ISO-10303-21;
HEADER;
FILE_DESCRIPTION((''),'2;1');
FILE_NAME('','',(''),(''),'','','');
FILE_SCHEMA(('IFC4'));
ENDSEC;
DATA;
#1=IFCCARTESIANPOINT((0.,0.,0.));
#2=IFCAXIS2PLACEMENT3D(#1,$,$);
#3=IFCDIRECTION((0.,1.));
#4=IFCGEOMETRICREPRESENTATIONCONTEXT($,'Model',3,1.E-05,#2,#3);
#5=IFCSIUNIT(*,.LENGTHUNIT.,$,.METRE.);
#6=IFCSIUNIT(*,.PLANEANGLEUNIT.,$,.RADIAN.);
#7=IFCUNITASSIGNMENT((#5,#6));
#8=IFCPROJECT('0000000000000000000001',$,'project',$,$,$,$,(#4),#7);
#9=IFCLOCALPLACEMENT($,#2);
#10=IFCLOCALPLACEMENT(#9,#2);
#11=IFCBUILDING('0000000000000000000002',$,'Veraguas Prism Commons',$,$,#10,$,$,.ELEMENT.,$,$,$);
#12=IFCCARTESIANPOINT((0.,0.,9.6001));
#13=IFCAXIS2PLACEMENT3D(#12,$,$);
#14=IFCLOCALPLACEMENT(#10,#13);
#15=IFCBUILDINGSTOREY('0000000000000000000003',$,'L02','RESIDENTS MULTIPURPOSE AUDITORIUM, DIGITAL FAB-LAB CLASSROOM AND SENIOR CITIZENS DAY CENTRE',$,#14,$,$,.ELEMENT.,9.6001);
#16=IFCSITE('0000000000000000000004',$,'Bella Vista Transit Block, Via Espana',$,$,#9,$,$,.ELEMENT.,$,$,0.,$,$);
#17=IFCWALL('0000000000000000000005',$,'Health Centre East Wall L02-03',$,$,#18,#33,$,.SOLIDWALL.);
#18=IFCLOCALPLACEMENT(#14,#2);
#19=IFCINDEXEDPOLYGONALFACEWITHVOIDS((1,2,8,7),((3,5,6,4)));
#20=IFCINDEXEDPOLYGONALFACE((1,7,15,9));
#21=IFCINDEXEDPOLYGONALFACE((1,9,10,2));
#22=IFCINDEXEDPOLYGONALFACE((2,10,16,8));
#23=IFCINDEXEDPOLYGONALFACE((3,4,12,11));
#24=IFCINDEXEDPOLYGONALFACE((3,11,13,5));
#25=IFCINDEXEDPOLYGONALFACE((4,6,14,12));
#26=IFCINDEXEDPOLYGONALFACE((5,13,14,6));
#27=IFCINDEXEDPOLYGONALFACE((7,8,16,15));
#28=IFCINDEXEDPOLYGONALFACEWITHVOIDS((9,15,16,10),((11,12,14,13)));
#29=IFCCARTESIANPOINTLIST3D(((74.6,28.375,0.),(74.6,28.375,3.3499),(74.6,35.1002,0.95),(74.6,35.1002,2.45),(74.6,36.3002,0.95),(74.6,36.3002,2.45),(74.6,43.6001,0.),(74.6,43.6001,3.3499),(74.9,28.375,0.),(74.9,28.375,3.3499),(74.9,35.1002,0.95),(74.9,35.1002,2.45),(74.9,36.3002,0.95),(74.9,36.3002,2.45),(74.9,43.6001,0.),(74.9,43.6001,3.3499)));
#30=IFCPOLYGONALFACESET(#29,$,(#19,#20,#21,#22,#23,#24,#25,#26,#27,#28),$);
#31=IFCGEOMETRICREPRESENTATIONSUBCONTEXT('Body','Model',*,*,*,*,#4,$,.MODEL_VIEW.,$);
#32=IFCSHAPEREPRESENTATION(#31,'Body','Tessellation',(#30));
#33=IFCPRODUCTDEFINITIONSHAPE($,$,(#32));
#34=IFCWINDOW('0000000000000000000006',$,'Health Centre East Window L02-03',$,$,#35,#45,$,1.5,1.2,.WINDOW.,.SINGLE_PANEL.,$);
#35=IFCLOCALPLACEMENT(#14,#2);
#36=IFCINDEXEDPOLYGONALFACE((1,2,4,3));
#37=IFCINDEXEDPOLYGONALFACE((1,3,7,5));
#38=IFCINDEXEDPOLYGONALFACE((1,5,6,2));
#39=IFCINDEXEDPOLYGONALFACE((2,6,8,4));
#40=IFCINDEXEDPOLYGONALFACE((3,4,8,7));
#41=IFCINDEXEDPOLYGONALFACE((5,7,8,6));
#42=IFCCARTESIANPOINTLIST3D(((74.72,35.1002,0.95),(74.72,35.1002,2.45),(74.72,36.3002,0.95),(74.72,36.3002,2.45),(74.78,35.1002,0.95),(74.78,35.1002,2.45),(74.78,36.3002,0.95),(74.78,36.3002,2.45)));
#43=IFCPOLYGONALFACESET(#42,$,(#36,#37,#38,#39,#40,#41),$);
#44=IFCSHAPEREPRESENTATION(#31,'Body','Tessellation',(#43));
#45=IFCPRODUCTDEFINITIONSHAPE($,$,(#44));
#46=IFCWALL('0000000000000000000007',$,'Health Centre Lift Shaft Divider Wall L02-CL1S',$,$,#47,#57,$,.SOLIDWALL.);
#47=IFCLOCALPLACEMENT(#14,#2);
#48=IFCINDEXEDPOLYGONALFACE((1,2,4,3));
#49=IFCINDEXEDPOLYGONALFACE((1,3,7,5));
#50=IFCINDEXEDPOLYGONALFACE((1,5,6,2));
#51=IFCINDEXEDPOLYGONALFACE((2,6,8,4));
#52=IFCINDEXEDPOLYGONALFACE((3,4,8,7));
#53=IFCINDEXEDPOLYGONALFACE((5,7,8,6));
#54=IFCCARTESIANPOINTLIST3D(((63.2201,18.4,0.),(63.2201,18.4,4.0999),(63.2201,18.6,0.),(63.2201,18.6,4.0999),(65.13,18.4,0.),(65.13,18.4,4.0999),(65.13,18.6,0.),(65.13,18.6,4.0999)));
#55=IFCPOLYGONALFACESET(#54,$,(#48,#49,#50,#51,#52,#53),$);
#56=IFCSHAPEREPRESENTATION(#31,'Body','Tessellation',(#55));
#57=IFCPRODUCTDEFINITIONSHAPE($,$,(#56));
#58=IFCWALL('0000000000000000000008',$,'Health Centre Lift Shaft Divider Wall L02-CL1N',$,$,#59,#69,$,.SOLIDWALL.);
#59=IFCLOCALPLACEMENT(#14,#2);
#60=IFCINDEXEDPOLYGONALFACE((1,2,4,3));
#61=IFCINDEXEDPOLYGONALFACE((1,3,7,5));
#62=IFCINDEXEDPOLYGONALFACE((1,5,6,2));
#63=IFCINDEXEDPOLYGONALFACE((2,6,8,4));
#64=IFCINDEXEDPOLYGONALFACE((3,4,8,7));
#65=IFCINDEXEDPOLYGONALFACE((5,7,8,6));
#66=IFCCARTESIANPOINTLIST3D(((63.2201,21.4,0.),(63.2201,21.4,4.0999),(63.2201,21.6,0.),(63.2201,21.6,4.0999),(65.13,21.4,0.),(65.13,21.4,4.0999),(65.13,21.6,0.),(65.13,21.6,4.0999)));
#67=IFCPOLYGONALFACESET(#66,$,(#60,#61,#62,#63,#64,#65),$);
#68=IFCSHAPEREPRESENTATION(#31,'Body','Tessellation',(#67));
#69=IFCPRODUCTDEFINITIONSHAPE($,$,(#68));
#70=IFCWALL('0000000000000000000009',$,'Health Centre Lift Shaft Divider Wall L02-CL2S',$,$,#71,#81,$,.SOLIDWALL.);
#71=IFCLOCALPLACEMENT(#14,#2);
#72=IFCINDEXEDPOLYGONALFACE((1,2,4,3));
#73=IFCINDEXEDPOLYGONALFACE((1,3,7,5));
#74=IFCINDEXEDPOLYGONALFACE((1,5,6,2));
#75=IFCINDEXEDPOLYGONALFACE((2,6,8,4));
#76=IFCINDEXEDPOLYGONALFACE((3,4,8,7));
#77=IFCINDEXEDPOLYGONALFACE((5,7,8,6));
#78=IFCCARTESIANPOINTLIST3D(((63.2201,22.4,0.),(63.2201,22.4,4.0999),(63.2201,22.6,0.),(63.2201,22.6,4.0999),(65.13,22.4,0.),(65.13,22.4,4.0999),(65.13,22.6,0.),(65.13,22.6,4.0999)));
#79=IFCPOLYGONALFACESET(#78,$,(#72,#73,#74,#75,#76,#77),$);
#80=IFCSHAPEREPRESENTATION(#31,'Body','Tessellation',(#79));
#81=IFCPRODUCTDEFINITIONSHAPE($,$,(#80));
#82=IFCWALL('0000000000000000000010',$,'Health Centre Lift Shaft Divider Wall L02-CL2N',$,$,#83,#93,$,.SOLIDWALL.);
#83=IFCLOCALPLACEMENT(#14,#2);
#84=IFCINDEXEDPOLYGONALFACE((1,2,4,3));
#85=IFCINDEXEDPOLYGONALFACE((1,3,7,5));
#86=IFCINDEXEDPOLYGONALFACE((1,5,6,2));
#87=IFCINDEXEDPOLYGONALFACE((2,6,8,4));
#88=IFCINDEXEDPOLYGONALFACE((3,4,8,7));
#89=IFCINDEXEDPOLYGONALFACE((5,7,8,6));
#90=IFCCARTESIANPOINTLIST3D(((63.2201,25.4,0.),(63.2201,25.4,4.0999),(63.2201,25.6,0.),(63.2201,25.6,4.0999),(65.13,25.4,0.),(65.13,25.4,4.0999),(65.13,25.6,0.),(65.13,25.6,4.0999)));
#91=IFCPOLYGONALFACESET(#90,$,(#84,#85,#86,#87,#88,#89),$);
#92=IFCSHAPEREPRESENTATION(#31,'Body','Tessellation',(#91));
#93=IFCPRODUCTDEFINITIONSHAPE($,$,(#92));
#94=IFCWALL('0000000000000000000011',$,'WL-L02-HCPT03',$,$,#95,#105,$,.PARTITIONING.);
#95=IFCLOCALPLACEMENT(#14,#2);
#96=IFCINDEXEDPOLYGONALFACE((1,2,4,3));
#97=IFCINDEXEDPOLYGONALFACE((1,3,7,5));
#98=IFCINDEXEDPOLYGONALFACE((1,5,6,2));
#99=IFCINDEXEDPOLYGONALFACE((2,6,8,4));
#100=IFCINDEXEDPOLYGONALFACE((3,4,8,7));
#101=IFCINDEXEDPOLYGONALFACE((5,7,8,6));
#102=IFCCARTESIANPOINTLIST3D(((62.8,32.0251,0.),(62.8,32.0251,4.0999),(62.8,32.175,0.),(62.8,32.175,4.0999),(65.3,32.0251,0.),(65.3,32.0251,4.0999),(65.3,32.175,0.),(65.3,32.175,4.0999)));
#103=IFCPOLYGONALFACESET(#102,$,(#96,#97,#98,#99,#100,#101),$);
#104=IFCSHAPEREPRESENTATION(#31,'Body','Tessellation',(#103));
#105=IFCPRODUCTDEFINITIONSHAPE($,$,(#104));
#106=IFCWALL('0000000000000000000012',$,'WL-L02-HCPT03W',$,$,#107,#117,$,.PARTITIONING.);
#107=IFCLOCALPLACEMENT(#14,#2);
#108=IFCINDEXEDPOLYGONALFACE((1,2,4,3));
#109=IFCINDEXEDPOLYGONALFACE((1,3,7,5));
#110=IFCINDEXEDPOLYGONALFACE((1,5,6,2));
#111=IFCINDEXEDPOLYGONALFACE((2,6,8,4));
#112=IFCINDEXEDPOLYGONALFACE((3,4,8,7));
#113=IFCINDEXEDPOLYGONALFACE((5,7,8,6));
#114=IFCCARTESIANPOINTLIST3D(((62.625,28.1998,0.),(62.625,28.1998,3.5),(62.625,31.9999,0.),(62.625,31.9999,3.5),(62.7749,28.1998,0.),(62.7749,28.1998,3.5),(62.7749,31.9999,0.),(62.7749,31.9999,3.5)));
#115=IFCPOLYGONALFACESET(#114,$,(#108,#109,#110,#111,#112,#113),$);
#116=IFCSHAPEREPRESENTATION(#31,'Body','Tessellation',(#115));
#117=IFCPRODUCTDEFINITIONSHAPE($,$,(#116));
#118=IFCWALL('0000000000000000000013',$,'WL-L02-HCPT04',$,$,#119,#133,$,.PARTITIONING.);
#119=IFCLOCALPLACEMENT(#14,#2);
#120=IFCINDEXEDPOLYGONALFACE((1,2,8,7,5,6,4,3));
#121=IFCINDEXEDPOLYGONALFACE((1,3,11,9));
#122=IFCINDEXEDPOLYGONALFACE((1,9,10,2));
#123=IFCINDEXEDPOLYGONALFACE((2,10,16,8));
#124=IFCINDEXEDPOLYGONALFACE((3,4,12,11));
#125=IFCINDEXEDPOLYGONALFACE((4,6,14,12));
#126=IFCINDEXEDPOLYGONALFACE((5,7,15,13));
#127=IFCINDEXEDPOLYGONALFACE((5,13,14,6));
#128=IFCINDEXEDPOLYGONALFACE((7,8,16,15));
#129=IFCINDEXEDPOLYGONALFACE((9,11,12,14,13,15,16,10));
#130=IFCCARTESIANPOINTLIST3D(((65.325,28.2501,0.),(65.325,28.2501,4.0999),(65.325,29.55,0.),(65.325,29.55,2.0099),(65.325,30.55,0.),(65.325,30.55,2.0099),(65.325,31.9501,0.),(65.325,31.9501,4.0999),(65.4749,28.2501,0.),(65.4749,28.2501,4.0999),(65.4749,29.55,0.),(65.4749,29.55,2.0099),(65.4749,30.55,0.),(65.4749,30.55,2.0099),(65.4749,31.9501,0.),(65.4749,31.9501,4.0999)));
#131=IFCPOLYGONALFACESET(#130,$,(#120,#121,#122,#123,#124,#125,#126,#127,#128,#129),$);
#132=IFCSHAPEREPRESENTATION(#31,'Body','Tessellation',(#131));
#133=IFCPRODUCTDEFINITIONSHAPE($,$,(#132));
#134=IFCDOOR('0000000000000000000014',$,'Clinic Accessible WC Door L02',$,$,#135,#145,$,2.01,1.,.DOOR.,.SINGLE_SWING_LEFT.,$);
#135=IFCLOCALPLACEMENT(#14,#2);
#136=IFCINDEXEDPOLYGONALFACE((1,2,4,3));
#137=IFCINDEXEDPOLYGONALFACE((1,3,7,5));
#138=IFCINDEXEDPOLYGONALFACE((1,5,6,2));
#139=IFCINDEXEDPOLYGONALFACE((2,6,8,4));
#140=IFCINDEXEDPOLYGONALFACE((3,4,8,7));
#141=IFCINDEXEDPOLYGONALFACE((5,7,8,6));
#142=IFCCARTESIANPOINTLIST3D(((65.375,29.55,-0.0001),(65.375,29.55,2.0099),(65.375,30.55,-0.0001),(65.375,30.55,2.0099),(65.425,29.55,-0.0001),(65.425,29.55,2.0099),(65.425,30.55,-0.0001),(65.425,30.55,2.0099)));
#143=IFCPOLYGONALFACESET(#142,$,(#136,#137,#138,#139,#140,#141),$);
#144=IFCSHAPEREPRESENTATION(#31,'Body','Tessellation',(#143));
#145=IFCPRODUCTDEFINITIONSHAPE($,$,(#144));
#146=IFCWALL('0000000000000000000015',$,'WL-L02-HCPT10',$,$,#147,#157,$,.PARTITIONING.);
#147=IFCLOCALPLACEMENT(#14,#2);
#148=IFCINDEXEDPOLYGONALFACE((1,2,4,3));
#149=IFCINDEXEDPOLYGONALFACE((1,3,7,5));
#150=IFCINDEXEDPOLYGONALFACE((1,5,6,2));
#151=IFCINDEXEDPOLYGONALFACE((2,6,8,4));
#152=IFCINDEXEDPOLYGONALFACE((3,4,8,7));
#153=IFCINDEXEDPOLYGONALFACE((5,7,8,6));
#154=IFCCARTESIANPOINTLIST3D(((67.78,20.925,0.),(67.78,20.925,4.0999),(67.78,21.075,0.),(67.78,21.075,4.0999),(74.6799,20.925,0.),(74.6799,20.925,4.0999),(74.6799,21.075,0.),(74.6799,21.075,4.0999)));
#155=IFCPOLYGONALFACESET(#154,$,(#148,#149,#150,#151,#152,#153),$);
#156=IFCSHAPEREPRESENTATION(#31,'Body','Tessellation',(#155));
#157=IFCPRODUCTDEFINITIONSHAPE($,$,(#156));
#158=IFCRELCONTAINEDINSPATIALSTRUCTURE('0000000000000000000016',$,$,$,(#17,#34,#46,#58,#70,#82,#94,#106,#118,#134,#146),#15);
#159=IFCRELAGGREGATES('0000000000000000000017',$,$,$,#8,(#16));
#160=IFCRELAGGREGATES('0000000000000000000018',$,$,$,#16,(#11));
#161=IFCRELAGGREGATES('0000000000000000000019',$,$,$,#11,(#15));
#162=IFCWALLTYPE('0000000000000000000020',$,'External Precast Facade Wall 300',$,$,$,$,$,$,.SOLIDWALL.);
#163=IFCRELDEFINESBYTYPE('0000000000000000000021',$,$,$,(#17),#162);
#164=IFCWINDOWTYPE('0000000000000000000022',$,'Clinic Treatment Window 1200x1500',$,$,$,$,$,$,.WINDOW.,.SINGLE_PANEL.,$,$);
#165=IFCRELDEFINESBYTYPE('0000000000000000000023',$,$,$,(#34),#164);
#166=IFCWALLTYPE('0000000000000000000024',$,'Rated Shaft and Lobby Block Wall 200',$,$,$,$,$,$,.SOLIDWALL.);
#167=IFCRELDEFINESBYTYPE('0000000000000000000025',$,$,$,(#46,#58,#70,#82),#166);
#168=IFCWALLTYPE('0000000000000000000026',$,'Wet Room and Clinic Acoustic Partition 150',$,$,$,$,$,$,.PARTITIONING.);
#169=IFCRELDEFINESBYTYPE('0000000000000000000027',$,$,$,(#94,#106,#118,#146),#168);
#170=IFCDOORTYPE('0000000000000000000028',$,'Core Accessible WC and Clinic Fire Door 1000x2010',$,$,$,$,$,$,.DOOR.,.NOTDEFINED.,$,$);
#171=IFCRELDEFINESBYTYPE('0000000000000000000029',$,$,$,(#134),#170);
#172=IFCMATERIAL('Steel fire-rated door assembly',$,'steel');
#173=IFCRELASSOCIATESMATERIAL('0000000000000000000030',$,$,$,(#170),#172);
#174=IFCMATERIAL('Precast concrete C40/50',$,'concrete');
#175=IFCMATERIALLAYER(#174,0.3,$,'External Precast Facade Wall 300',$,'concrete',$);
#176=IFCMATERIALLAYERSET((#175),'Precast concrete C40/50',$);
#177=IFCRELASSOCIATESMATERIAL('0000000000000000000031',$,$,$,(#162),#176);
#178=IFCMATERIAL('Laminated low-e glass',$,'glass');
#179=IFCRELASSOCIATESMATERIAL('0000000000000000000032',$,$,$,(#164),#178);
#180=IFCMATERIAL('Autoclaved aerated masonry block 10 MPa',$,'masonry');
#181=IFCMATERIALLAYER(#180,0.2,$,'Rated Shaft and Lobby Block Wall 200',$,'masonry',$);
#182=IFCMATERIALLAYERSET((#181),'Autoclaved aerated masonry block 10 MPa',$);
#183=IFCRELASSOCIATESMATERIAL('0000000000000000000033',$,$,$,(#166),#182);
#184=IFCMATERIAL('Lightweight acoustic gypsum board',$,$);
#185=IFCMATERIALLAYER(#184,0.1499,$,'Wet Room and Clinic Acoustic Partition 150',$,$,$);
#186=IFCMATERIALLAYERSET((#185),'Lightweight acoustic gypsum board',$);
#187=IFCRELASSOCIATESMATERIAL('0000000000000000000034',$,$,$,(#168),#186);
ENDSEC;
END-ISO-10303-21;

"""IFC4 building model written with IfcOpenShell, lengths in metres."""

from ifc_helpers import new_model, si_unit, direction, frame, frame_2d, origin, place, context, subcontext, project, spatial, rectangle, extrude, source, transform, mapped, material, layer, layer_set, type_object, element, fill, save


model = new_model("IFC4")

# Units and contexts
model_context = context("Model", 3, precision=1e-05, world=origin(), true_north=direction((0.0, 1.0)))
body_context = subcontext(model_context, "Body", "Model", "MODEL_VIEW")
ifc_project = project(units=[si_unit("LENGTHUNIT", "METRE"), si_unit("PLANEANGLEUNIT", "RADIAN")], contexts=[model_context])

# Site, building, storey
site_placement = place(None, origin())
site = spatial("IfcSite", under=ifc_project, at=site_placement, Name="Bella Vista Transit Block, Via Espana", CompositionType="ELEMENT", RefElevation=0.0)
building_placement = place(site_placement, origin())
building = spatial("IfcBuilding", under=site, at=building_placement, Name="Veraguas Prism Commons", CompositionType="ELEMENT")
storey_placement = place(building_placement, frame((0.0, 0.0, 9.6001)))
storey = spatial("IfcBuildingStorey", under=building, at=storey_placement, Name="L02", Description="RESIDENTS MULTIPURPOSE AUDITORIUM, DIGITAL FAB-LAB CLASSROOM AND SENIOR CITIZENS DAY CENTRE", CompositionType="ELEMENT", Elevation=9.6001)

# Shared definitions
ifc_material_1 = material(Name="Autoclaved aerated masonry block 10 MPa", Category="masonry")
ifc_material_2 = material(Name="Steel fire-rated door assembly", Category="steel")
door_type = type_object("IfcDoorType", Name="Core Accessible WC and Clinic Fire Door 1000x2010", OperationType="NOTDEFINED", PredefinedType="DOOR", material=ifc_material_2)
shared_shape_1 = source(origin(), body_context, "Body", "SweptSolid", [
    extrude(rectangle(XDim=1.0, YDim=2.01, at=frame_2d((0.5, 1.0049))), frame((0.0, 0.0249, 0.0), z_axis=(0.0, -1.0, 0.0), x_axis=(1.0, 0.0, 0.0)), (0.0, 0.0, 1.0), 0.05),
])

# Wall, opening, window
ifc_material_3 = material(Name="Precast concrete C40/50", Category="concrete")
ifc_layer_1 = layer(ifc_material_3, 0.3, Name="External Precast Facade Wall 300", Category="concrete")
ifc_layer_set_1 = layer_set([ifc_layer_1], Name="Precast concrete C40/50")
wall_type_1 = type_object("IfcWallType", Name="External Precast Facade Wall 300", PredefinedType="SOLIDWALL", material=ifc_layer_set_1)
wall_1_placement = place(storey_placement, frame((74.75, 28.375, 0.0), z_axis=(0.0, 0.0, 1.0), x_axis=(0.0, 1.0, 0.0)))
wall_1 = element("IfcWall", 1, at=wall_1_placement, inside=storey, type_object=wall_type_1, Name="Health Centre East Wall L02-03", PredefinedType="SOLIDWALL", context=body_context, shape_type="SweptSolid", body=[
    extrude(rectangle(XDim=15.2251, YDim=0.3, at=frame_2d((7.6125, 0.0))), origin(), (0.0, 0.0, 1.0), 3.3499),
])
opening_1_placement = place(wall_1_placement, frame((6.7251, 0.0, 0.95)))
opening_1 = element("IfcOpeningElement", 2, at=opening_1_placement, cuts=wall_1, PredefinedType="OPENING", context=body_context, shape_type="SweptSolid", body=[
    extrude(rectangle(XDim=1.2, YDim=1.5, at=frame_2d((0.6001, 0.75))), frame((0.0, 0.1599, 0.0), z_axis=(0.0, -1.0, 0.0), x_axis=(1.0, 0.0, 0.0)), (0.0, 0.0, 1.0), 0.3201),
])
ifc_material_4 = material(Name="Laminated low-e glass", Category="glass")
window_type = type_object("IfcWindowType", Name="Clinic Treatment Window 1200x1500", PartitioningType="SINGLE_PANEL", PredefinedType="WINDOW", material=ifc_material_4)
shared_shape_2 = source(origin(), body_context, "Body", "SweptSolid", [
    extrude(rectangle(XDim=1.2, YDim=1.5, at=frame_2d((0.6001, 0.75))), frame((0.0, 0.03, 0.0), z_axis=(0.0, -1.0, 0.0), x_axis=(1.0, 0.0, 0.0)), (0.0, 0.0, 1.0), 0.0601),
])
window_placement = place(opening_1_placement, origin())
window = element("IfcWindow", 3, at=window_placement, inside=storey, type_object=window_type, Name="Health Centre East Window L02-03", OverallHeight=1.5, OverallWidth=1.2, PartitioningType="SINGLE_PANEL", PredefinedType="WINDOW", context=body_context, shape_type="MappedRepresentation", body=[
    mapped(shared_shape_2, transform((0.0, 0.0, 0.0), scale=1.0)),
])
fill(opening_1, window)

# Walls
ifc_layer_2 = layer(ifc_material_1, 0.2, Name="Rated Shaft and Lobby Block Wall 200", Category="masonry")
ifc_layer_set_2 = layer_set([ifc_layer_2], Name="Autoclaved aerated masonry block 10 MPa")
wall_type_2 = type_object("IfcWallType", Name="Rated Shaft and Lobby Block Wall 200", PredefinedType="SOLIDWALL", material=ifc_layer_set_2)
for number, where, z_axis, x_axis, name in (
    (4, (63.22, 18.5, 0.0), (0.0, 0.0, 1.0), (1.0, 0.0, 0.0), "Health Centre Lift Shaft Divider Wall L02-CL1S"),
    (5, (63.22, 21.5, 0.0), (0.0, 0.0, 1.0), (1.0, 0.0, 0.0), "Health Centre Lift Shaft Divider Wall L02-CL1N"),
    (6, (63.22, 22.5, 0.0), (0.0, 0.0, 1.0), (1.0, 0.0, 0.0), "Health Centre Lift Shaft Divider Wall L02-CL2S"),
    (7, (63.22, 25.5, 0.0), (0.0, 0.0, 1.0), (1.0, 0.0, 0.0), "Health Centre Lift Shaft Divider Wall L02-CL2N"),
):
    element("IfcWall", number, at=place(storey_placement, frame(where, z_axis=z_axis, x_axis=x_axis)), inside=storey, type_object=wall_type_2, Name=name, PredefinedType="SOLIDWALL", context=body_context, shape_type="SweptSolid", body=[
        extrude(rectangle(XDim=1.9099, YDim=0.2, at=frame_2d((0.9551, 0.0))), origin(), (0.0, 0.0, 1.0), 4.0999),
    ])
ifc_material_5 = material(Name="Lightweight acoustic gypsum board")
ifc_layer_3 = layer(ifc_material_5, 0.1499, Name="Wet Room and Clinic Acoustic Partition 150")
ifc_layer_set_3 = layer_set([ifc_layer_3], Name="Lightweight acoustic gypsum board")
wall_type_3 = type_object("IfcWallType", Name="Wet Room and Clinic Acoustic Partition 150", PredefinedType="PARTITIONING", material=ifc_layer_set_3)
wall_2_placement = place(storey_placement, frame((62.8, 32.1001, 0.0), z_axis=(0.0, 0.0, 1.0), x_axis=(1.0, 0.0, 0.0)))
element("IfcWall", 8, at=wall_2_placement, inside=storey, type_object=wall_type_3, Name="WL-L02-HCPT03", PredefinedType="PARTITIONING", context=body_context, shape_type="SweptSolid", body=[
    extrude(rectangle(XDim=2.5, YDim=0.1499, at=frame_2d((1.25, 0.0))), origin(), (0.0, 0.0, 1.0), 4.0999),
])
wall_3_placement = place(storey_placement, frame((62.7, 28.2, 0.0), z_axis=(0.0, 0.0, 1.0), x_axis=(0.0, 1.0, 0.0)))
element("IfcWall", 9, at=wall_3_placement, inside=storey, type_object=wall_type_3, Name="WL-L02-HCPT03W", PredefinedType="PARTITIONING", context=body_context, shape_type="SweptSolid", body=[
    extrude(rectangle(XDim=3.8, YDim=0.1499, at=frame_2d((1.8999, 0.0))), origin(), (0.0, 0.0, 1.0), 3.5),
])

# Wall, opening, door
wall_4_placement = place(storey_placement, frame((65.3999, 28.25, 0.0), z_axis=(0.0, 0.0, 1.0), x_axis=(0.0, 1.0, 0.0)))
wall_4 = element("IfcWall", 10, at=wall_4_placement, inside=storey, type_object=wall_type_3, Name="WL-L02-HCPT04", PredefinedType="PARTITIONING", context=body_context, shape_type="SweptSolid", body=[
    extrude(rectangle(XDim=3.7, YDim=0.1499, at=frame_2d((1.8501, 0.0))), origin(), (0.0, 0.0, 1.0), 4.0999),
])
opening_2_placement = place(wall_4_placement, frame((1.3, 0.0, 0.0)))
opening_2 = element("IfcOpeningElement", 11, at=opening_2_placement, cuts=wall_4, PredefinedType="OPENING", context=body_context, shape_type="SweptSolid", body=[
    extrude(rectangle(XDim=1.0, YDim=2.01, at=frame_2d((0.5, 1.0049))), frame((0.0, 0.085, 0.0), z_axis=(0.0, -1.0, 0.0), x_axis=(1.0, 0.0, 0.0)), (0.0, 0.0, 1.0), 0.1699),
])
door_1_placement = place(opening_2_placement, origin())
door_1 = element("IfcDoor", 12, at=door_1_placement, inside=storey, type_object=door_type, Name="Clinic Accessible WC Door L02", OperationType="SINGLE_SWING_LEFT", OverallHeight=2.01, OverallWidth=1.0, PredefinedType="DOOR", context=body_context, shape_type="MappedRepresentation", body=[
    mapped(shared_shape_1, transform((0.0, 0.0, 0.0), scale=1.0)),
])
fill(opening_2, door_1)

# Wall
wall_5_placement = place(storey_placement, frame((67.78, 21.0, 0.0), z_axis=(0.0, 0.0, 1.0), x_axis=(1.0, 0.0, 0.0)))
element("IfcWall", 13, at=wall_5_placement, inside=storey, type_object=wall_type_3, Name="WL-L02-HCPT10", PredefinedType="PARTITIONING", context=body_context, shape_type="SweptSolid", body=[
    extrude(rectangle(XDim=6.8999, YDim=0.1499, at=frame_2d((3.45, 0.0))), origin(), (0.0, 0.0, 1.0), 4.0999),
])

save(model, "model.ifc")
